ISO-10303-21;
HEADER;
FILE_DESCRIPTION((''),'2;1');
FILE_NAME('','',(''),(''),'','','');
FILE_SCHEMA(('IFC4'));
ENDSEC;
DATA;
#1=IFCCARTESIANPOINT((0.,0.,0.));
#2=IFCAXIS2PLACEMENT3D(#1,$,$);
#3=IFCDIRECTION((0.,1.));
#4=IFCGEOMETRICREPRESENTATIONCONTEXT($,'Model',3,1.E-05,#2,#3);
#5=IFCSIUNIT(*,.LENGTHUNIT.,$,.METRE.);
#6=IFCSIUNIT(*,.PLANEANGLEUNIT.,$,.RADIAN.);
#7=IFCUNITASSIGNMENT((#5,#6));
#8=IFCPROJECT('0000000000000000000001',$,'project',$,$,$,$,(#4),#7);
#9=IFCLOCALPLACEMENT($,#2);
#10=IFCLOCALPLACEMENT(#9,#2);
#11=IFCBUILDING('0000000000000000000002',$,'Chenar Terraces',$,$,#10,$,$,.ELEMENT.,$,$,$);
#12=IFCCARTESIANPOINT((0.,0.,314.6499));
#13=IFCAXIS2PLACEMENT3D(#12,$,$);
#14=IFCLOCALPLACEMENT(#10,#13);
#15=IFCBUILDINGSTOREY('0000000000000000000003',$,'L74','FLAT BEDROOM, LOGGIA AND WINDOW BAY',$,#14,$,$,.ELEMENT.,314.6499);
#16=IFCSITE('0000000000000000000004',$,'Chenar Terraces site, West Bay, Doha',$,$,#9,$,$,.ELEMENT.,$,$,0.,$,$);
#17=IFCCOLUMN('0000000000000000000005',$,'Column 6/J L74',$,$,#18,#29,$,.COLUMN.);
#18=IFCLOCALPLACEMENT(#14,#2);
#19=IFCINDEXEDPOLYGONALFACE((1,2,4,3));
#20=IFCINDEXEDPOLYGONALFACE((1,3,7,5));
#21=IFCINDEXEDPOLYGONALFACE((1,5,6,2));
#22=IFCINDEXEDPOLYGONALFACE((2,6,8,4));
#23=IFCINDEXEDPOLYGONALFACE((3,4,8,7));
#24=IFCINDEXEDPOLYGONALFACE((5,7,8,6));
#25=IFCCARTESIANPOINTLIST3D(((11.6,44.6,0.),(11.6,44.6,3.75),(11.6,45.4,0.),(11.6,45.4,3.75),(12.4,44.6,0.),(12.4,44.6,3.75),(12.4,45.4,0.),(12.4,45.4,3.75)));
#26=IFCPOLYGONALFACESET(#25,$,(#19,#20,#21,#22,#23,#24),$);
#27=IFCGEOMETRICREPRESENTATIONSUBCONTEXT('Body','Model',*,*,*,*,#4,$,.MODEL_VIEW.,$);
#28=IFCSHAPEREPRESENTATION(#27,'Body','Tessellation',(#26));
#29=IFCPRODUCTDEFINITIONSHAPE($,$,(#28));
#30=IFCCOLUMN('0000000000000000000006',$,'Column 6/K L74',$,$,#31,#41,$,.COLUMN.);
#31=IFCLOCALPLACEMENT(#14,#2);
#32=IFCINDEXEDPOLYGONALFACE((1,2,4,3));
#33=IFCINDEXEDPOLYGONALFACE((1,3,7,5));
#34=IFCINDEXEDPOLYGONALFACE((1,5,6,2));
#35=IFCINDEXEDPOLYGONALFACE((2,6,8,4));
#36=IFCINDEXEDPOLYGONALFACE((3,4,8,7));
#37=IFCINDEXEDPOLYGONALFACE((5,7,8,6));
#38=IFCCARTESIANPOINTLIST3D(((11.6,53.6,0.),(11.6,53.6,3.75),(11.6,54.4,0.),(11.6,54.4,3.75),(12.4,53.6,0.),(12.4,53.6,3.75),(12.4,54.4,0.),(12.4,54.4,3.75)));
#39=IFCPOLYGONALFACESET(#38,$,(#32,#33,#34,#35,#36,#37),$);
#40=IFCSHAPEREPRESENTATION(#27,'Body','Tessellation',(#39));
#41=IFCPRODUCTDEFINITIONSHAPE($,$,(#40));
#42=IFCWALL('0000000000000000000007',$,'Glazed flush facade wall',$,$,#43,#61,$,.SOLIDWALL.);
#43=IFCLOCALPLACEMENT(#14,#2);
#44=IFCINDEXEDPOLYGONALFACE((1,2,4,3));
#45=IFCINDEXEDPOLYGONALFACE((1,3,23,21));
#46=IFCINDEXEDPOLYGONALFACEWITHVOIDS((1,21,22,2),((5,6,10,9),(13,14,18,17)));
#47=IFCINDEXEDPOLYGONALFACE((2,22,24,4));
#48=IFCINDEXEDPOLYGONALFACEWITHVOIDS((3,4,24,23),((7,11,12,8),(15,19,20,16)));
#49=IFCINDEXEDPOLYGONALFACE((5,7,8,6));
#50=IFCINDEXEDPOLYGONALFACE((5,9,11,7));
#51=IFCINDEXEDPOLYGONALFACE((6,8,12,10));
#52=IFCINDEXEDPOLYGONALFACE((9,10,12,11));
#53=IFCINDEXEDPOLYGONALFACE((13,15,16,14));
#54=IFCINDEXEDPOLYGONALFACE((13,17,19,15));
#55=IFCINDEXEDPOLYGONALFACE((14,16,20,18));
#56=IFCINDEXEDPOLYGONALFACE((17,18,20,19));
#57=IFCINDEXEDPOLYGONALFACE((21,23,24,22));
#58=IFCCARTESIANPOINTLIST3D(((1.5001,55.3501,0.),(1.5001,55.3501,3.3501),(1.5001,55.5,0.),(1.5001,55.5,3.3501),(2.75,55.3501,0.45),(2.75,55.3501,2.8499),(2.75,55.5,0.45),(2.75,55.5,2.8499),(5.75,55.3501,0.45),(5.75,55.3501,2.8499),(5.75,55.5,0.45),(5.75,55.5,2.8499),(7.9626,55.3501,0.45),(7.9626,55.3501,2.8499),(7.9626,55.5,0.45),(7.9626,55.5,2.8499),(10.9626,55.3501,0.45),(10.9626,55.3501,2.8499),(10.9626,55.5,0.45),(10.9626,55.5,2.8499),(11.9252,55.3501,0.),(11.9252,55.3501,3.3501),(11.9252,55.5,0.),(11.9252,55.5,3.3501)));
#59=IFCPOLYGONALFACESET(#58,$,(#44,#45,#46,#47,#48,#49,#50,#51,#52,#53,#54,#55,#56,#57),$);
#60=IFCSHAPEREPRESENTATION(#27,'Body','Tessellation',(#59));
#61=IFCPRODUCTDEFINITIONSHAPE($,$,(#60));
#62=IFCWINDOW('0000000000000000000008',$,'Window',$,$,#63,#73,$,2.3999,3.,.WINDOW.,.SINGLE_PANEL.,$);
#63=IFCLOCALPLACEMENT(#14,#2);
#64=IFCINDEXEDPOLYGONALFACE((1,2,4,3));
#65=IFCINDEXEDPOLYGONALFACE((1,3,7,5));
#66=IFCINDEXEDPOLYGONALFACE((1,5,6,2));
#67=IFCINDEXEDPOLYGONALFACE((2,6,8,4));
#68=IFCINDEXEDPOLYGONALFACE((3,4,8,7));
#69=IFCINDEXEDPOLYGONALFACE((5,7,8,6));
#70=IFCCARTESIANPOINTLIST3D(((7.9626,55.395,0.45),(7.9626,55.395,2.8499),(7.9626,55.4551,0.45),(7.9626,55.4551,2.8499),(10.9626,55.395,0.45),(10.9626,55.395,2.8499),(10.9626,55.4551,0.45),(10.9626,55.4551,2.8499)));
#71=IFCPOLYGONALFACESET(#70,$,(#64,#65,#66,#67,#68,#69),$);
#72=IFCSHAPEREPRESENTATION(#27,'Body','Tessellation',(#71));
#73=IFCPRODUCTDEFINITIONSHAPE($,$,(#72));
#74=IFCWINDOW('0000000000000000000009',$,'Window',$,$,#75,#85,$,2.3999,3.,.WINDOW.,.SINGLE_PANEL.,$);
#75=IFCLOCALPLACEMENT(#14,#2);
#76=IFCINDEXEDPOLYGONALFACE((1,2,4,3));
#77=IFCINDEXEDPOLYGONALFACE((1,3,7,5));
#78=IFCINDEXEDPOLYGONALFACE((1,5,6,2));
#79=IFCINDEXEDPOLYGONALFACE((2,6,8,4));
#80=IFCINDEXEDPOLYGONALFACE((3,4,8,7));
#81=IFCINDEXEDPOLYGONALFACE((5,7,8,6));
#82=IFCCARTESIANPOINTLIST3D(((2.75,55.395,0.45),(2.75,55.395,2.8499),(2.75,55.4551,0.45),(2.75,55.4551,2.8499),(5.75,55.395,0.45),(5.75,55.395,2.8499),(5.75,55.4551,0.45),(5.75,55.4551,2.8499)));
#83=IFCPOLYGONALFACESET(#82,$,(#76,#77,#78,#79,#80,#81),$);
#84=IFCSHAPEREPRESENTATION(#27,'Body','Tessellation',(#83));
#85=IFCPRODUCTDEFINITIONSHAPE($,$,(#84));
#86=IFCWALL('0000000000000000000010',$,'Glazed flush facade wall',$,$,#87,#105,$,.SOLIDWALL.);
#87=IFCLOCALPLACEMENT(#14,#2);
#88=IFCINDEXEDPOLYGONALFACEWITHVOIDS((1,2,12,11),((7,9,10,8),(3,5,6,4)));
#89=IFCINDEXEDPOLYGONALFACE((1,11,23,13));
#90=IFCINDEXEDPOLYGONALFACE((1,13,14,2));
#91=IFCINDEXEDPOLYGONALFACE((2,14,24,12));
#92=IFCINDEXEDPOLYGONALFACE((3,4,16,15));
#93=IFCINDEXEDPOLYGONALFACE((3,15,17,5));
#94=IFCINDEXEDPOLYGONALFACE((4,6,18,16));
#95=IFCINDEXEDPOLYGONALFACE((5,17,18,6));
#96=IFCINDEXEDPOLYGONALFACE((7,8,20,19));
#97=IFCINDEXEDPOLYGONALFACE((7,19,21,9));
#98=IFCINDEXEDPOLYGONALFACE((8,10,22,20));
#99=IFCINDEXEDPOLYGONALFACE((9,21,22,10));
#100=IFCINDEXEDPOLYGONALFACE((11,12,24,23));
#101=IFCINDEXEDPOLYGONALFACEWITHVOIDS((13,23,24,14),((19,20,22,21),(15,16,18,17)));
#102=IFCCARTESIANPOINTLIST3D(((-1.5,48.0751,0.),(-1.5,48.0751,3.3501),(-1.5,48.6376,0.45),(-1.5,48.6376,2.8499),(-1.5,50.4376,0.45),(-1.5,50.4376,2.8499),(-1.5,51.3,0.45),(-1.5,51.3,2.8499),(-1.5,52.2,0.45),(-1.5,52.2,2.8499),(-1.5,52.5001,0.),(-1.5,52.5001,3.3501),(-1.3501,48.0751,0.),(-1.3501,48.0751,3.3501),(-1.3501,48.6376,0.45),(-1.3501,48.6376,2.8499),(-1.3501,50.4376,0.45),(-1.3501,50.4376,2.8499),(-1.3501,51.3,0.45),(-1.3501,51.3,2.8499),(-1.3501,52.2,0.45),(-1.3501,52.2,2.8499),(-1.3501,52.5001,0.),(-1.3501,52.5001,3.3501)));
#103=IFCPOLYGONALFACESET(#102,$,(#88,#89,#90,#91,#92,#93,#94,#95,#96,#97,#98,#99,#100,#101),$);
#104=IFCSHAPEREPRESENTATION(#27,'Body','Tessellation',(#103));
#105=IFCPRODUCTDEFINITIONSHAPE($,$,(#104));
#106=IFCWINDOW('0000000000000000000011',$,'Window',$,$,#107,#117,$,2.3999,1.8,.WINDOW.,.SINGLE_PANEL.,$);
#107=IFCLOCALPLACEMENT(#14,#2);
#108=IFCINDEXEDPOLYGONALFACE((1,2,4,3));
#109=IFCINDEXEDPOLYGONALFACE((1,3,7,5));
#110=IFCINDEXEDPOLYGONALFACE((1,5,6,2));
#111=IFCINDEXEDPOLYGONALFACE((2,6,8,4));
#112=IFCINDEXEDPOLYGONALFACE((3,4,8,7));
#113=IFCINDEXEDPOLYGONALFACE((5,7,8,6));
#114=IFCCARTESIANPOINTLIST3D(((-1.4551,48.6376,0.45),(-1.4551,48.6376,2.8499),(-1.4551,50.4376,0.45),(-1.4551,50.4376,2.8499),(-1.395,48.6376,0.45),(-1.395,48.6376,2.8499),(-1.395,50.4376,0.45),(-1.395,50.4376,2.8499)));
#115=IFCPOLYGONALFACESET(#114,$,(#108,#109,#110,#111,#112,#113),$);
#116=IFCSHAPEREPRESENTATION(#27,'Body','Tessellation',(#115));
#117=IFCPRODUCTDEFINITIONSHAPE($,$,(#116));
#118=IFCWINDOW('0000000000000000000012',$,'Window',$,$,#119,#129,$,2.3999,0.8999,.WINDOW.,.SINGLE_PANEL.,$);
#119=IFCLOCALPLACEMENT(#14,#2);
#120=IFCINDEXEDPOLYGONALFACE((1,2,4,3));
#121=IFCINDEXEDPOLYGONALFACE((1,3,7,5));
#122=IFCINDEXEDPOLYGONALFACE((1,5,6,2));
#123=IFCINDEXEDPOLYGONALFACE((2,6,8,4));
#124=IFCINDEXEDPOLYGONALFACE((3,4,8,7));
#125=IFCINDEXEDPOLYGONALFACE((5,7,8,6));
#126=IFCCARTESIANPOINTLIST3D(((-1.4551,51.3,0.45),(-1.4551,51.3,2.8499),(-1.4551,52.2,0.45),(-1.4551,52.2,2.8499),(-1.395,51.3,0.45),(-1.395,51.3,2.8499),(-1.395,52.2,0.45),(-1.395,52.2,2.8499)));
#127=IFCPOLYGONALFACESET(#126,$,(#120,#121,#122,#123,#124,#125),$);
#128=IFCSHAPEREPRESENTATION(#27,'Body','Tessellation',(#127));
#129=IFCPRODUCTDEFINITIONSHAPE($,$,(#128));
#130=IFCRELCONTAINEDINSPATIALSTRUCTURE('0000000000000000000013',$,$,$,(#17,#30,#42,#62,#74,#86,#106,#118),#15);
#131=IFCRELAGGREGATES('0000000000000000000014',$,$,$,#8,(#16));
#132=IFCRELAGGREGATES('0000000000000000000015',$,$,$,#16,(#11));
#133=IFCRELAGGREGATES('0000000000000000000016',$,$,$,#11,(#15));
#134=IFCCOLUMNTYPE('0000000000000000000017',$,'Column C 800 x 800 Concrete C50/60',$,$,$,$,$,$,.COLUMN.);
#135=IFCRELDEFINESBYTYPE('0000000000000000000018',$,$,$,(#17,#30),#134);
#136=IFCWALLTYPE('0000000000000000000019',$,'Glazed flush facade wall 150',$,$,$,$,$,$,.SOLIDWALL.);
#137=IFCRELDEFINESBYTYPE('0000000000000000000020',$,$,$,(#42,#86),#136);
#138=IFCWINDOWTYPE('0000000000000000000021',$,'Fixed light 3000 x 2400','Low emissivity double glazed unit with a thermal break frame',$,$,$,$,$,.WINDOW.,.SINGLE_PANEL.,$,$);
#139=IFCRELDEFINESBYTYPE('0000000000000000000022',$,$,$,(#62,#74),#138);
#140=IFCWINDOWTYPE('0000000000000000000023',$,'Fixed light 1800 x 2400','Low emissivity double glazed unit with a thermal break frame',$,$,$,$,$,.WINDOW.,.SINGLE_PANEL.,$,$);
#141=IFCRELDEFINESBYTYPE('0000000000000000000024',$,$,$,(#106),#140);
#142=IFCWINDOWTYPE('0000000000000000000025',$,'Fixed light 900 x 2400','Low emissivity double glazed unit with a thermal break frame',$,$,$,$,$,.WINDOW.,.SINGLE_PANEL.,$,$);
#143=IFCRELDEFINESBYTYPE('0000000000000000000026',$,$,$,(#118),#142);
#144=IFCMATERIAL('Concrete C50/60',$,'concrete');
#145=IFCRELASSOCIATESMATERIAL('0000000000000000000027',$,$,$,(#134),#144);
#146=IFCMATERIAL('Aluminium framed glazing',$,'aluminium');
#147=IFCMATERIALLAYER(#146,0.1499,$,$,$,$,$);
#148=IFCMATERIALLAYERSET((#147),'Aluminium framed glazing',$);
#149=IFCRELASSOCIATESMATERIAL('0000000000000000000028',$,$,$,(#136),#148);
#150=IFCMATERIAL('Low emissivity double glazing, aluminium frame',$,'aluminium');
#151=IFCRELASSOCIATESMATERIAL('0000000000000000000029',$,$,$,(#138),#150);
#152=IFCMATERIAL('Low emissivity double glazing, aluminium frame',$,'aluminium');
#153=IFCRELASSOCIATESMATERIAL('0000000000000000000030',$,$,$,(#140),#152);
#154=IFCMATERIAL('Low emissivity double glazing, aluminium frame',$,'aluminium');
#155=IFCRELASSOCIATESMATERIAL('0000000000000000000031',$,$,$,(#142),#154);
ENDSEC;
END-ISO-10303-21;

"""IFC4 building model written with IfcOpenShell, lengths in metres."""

from ifc_helpers import new_model, si_unit, direction, frame, frame_2d, origin, origin_2d, place, context, subcontext, project, spatial, rectangle, extrude, material, layer, layer_set, material_profile, profile_set, type_object, element, fill, save


model = new_model("IFC4")

# Units and contexts
model_context = context("Model", 3, precision=1e-05, world=origin(), true_north=direction((0.0, 1.0)))
body_context = subcontext(model_context, "Body", "Model", "MODEL_VIEW")
ifc_project = project(units=[si_unit("LENGTHUNIT", "METRE"), si_unit("PLANEANGLEUNIT", "RADIAN")], contexts=[model_context])

# Site, building, storey
site_placement = place(None, origin())
site = spatial("IfcSite", under=ifc_project, at=site_placement, Name="Chenar Terraces site, West Bay, Doha", CompositionType="ELEMENT", RefElevation=0.0)
building_placement = place(site_placement, origin())
building = spatial("IfcBuilding", under=site, at=building_placement, Name="Chenar Terraces", CompositionType="ELEMENT")
storey_placement = place(building_placement, frame((0.0, 0.0, 314.6499)))
storey = spatial("IfcBuildingStorey", under=building, at=storey_placement, Name="L74", Description="FLAT BEDROOM, LOGGIA AND WINDOW BAY", CompositionType="ELEMENT", Elevation=314.6499)

# Columns
ifc_material_1 = material(Name="Concrete C50/60", Category="concrete")
ifc_material_profile = material_profile(ifc_material_1, rectangle(XDim=0.8, YDim=0.8, at=origin_2d()), Name="C 800 x 800")
ifc_profile_set = profile_set([ifc_material_profile], Name="Concrete C50/60")
column_type = type_object("IfcColumnType", Name="Column C 800 x 800 Concrete C50/60", PredefinedType="COLUMN", material=ifc_profile_set)
for number, where, z_axis, x_axis, name in (
    (1, (12.0, 45.0, 0.0), (0.0, 0.0, 1.0), (1.0, 0.0, 0.0), "Column 6/J L74"),
    (2, (12.0, 54.0, 0.0), (0.0, 0.0, 1.0), (1.0, 0.0, 0.0), "Column 6/K L74"),
):
    element("IfcColumn", number, at=place(storey_placement, frame(where, z_axis=z_axis, x_axis=x_axis)), inside=storey, type_object=column_type, Name=name, PredefinedType="COLUMN", context=body_context, shape_type="SweptSolid", body=[
        extrude(rectangle(XDim=0.8, YDim=0.8, at=origin_2d()), origin(), (0.0, 0.0, 1.0), 3.75),
    ])

# Walls, openings, windows
ifc_material_2 = material(Name="Aluminium framed glazing", Category="aluminium")
ifc_layer_1 = layer(ifc_material_2, 0.1499)
ifc_layer_set_1 = layer_set([ifc_layer_1], Name="Aluminium framed glazing")
wall_type_1 = type_object("IfcWallType", Name="Glazed flush facade wall 150", PredefinedType="SOLIDWALL", material=ifc_layer_set_1)
wall_1_placement = place(storey_placement, frame((11.925, 55.425, 0.0), z_axis=(0.0, 0.0, 1.0), x_axis=(-1.0, 0.0, 0.0)))
wall_1 = element("IfcWall", 3, at=wall_1_placement, inside=storey, type_object=wall_type_1, Name="Glazed flush facade wall", PredefinedType="SOLIDWALL", context=body_context, shape_type="SweptSolid", body=[
    extrude(rectangle(XDim=10.425, YDim=0.1499, at=frame_2d((5.2124, 0.0))), origin(), (0.0, 0.0, 1.0), 3.3501),
])
opening_1_placement = place(wall_1_placement, frame((0.9624, 0.0, 0.45)))
opening_1 = element("IfcOpeningElement", 4, at=opening_1_placement, cuts=wall_1, PredefinedType="OPENING", context=body_context, shape_type="SweptSolid", body=[
    extrude(rectangle(XDim=3.0, YDim=2.3999, at=frame_2d((1.5, 1.2))), frame((0.0, 0.085, 0.0), z_axis=(0.0, -1.0, 0.0), x_axis=(1.0, 0.0, 0.0)), (0.0, 0.0, 1.0), 0.1699),
])
opening_2_placement = place(wall_1_placement, frame((6.175, 0.0, 0.45)))
opening_2 = element("IfcOpeningElement", 5, at=opening_2_placement, cuts=wall_1, PredefinedType="OPENING", context=body_context, shape_type="SweptSolid", body=[
    extrude(rectangle(XDim=3.0, YDim=2.3999, at=frame_2d((1.5, 1.2))), frame((0.0, 0.085, 0.0), z_axis=(0.0, -1.0, 0.0), x_axis=(1.0, 0.0, 0.0)), (0.0, 0.0, 1.0), 0.1699),
])
ifc_material_3 = material(Name="Low emissivity double glazing, aluminium frame", Category="aluminium")
window_type_1 = type_object("IfcWindowType", Name="Fixed light 3000 x 2400", Description="Low emissivity double glazed unit with a thermal break frame", PartitioningType="SINGLE_PANEL", PredefinedType="WINDOW", material=ifc_material_3)
window_1_placement = place(opening_1_placement, origin())
window_1 = element("IfcWindow", 6, at=window_1_placement, inside=storey, type_object=window_type_1, Name="Window", OverallHeight=2.3999, OverallWidth=3.0, PartitioningType="SINGLE_PANEL", PredefinedType="WINDOW", context=body_context, shape_type="SweptSolid", body=[
    extrude(rectangle(XDim=3.0, YDim=2.3999, at=frame_2d((1.5, 1.2))), frame((0.0, 0.03, 0.0), z_axis=(0.0, -1.0, 0.0), x_axis=(1.0, 0.0, 0.0)), (0.0, 0.0, 1.0), 0.0601),
])
fill(opening_1, window_1)
window_2_placement = place(opening_2_placement, origin())
window_2 = element("IfcWindow", 7, at=window_2_placement, inside=storey, type_object=window_type_1, Name="Window", OverallHeight=2.3999, OverallWidth=3.0, PartitioningType="SINGLE_PANEL", PredefinedType="WINDOW", context=body_context, shape_type="SweptSolid", body=[
    extrude(rectangle(XDim=3.0, YDim=2.3999, at=frame_2d((1.5, 1.2))), frame((0.0, 0.03, 0.0), z_axis=(0.0, -1.0, 0.0), x_axis=(1.0, 0.0, 0.0)), (0.0, 0.0, 1.0), 0.0601),
])
fill(opening_2, window_2)
wall_2_placement = place(storey_placement, frame((-1.425, 52.5, 0.0), z_axis=(0.0, 0.0, 1.0), x_axis=(0.0, -1.0, 0.0)))
wall_2 = element("IfcWall", 8, at=wall_2_placement, inside=storey, type_object=wall_type_1, Name="Glazed flush facade wall", PredefinedType="SOLIDWALL", context=body_context, shape_type="SweptSolid", body=[
    extrude(rectangle(XDim=4.425, YDim=0.1499, at=frame_2d((2.2124, 0.0))), origin(), (0.0, 0.0, 1.0), 3.3501),
])
opening_3_placement = place(wall_2_placement, frame((0.3, 0.0, 0.45)))
opening_3 = element("IfcOpeningElement", 9, at=opening_3_placement, cuts=wall_2, PredefinedType="OPENING", context=body_context, shape_type="SweptSolid", body=[
    extrude(rectangle(XDim=0.8999, YDim=2.3999, at=frame_2d((0.45, 1.2))), frame((0.0, 0.085, 0.0), z_axis=(0.0, -1.0, 0.0), x_axis=(1.0, 0.0, 0.0)), (0.0, 0.0, 1.0), 0.1699),
])
opening_4_placement = place(wall_2_placement, frame((2.0625, 0.0, 0.45)))
opening_4 = element("IfcOpeningElement", 10, at=opening_4_placement, cuts=wall_2, PredefinedType="OPENING", context=body_context, shape_type="SweptSolid", body=[
    extrude(rectangle(XDim=1.8, YDim=2.3999, at=frame_2d((0.8999, 1.2))), frame((0.0, 0.085, 0.0), z_axis=(0.0, -1.0, 0.0), x_axis=(1.0, 0.0, 0.0)), (0.0, 0.0, 1.0), 0.1699),
])
ifc_material_4 = material(Name="Low emissivity double glazing, aluminium frame", Category="aluminium")
window_type_2 = type_object("IfcWindowType", Name="Fixed light 1800 x 2400", Description="Low emissivity double glazed unit with a thermal break frame", PartitioningType="SINGLE_PANEL", PredefinedType="WINDOW", material=ifc_material_4)
window_3_placement = place(opening_4_placement, origin())
window_3 = element("IfcWindow", 11, at=window_3_placement, inside=storey, type_object=window_type_2, Name="Window", OverallHeight=2.3999, OverallWidth=1.8, PartitioningType="SINGLE_PANEL", PredefinedType="WINDOW", context=body_context, shape_type="SweptSolid", body=[
    extrude(rectangle(XDim=1.8, YDim=2.3999, at=frame_2d((0.8999, 1.2))), frame((0.0, 0.03, 0.0), z_axis=(0.0, -1.0, 0.0), x_axis=(1.0, 0.0, 0.0)), (0.0, 0.0, 1.0), 0.0601),
])
fill(opening_4, window_3)
ifc_material_5 = material(Name="Low emissivity double glazing, aluminium frame", Category="aluminium")
window_type_3 = type_object("IfcWindowType", Name="Fixed light 900 x 2400", Description="Low emissivity double glazed unit with a thermal break frame", PartitioningType="SINGLE_PANEL", PredefinedType="WINDOW", material=ifc_material_5)
window_4_placement = place(opening_3_placement, origin())
window_4 = element("IfcWindow", 12, at=window_4_placement, inside=storey, type_object=window_type_3, Name="Window", OverallHeight=2.3999, OverallWidth=0.8999, PartitioningType="SINGLE_PANEL", PredefinedType="WINDOW", context=body_context, shape_type="SweptSolid", body=[
    extrude(rectangle(XDim=0.8999, YDim=2.3999, at=frame_2d((0.45, 1.2))), frame((0.0, 0.03, 0.0), z_axis=(0.0, -1.0, 0.0), x_axis=(1.0, 0.0, 0.0)), (0.0, 0.0, 1.0), 0.0601),
])
fill(opening_3, window_4)

save(model, "model.ifc")
